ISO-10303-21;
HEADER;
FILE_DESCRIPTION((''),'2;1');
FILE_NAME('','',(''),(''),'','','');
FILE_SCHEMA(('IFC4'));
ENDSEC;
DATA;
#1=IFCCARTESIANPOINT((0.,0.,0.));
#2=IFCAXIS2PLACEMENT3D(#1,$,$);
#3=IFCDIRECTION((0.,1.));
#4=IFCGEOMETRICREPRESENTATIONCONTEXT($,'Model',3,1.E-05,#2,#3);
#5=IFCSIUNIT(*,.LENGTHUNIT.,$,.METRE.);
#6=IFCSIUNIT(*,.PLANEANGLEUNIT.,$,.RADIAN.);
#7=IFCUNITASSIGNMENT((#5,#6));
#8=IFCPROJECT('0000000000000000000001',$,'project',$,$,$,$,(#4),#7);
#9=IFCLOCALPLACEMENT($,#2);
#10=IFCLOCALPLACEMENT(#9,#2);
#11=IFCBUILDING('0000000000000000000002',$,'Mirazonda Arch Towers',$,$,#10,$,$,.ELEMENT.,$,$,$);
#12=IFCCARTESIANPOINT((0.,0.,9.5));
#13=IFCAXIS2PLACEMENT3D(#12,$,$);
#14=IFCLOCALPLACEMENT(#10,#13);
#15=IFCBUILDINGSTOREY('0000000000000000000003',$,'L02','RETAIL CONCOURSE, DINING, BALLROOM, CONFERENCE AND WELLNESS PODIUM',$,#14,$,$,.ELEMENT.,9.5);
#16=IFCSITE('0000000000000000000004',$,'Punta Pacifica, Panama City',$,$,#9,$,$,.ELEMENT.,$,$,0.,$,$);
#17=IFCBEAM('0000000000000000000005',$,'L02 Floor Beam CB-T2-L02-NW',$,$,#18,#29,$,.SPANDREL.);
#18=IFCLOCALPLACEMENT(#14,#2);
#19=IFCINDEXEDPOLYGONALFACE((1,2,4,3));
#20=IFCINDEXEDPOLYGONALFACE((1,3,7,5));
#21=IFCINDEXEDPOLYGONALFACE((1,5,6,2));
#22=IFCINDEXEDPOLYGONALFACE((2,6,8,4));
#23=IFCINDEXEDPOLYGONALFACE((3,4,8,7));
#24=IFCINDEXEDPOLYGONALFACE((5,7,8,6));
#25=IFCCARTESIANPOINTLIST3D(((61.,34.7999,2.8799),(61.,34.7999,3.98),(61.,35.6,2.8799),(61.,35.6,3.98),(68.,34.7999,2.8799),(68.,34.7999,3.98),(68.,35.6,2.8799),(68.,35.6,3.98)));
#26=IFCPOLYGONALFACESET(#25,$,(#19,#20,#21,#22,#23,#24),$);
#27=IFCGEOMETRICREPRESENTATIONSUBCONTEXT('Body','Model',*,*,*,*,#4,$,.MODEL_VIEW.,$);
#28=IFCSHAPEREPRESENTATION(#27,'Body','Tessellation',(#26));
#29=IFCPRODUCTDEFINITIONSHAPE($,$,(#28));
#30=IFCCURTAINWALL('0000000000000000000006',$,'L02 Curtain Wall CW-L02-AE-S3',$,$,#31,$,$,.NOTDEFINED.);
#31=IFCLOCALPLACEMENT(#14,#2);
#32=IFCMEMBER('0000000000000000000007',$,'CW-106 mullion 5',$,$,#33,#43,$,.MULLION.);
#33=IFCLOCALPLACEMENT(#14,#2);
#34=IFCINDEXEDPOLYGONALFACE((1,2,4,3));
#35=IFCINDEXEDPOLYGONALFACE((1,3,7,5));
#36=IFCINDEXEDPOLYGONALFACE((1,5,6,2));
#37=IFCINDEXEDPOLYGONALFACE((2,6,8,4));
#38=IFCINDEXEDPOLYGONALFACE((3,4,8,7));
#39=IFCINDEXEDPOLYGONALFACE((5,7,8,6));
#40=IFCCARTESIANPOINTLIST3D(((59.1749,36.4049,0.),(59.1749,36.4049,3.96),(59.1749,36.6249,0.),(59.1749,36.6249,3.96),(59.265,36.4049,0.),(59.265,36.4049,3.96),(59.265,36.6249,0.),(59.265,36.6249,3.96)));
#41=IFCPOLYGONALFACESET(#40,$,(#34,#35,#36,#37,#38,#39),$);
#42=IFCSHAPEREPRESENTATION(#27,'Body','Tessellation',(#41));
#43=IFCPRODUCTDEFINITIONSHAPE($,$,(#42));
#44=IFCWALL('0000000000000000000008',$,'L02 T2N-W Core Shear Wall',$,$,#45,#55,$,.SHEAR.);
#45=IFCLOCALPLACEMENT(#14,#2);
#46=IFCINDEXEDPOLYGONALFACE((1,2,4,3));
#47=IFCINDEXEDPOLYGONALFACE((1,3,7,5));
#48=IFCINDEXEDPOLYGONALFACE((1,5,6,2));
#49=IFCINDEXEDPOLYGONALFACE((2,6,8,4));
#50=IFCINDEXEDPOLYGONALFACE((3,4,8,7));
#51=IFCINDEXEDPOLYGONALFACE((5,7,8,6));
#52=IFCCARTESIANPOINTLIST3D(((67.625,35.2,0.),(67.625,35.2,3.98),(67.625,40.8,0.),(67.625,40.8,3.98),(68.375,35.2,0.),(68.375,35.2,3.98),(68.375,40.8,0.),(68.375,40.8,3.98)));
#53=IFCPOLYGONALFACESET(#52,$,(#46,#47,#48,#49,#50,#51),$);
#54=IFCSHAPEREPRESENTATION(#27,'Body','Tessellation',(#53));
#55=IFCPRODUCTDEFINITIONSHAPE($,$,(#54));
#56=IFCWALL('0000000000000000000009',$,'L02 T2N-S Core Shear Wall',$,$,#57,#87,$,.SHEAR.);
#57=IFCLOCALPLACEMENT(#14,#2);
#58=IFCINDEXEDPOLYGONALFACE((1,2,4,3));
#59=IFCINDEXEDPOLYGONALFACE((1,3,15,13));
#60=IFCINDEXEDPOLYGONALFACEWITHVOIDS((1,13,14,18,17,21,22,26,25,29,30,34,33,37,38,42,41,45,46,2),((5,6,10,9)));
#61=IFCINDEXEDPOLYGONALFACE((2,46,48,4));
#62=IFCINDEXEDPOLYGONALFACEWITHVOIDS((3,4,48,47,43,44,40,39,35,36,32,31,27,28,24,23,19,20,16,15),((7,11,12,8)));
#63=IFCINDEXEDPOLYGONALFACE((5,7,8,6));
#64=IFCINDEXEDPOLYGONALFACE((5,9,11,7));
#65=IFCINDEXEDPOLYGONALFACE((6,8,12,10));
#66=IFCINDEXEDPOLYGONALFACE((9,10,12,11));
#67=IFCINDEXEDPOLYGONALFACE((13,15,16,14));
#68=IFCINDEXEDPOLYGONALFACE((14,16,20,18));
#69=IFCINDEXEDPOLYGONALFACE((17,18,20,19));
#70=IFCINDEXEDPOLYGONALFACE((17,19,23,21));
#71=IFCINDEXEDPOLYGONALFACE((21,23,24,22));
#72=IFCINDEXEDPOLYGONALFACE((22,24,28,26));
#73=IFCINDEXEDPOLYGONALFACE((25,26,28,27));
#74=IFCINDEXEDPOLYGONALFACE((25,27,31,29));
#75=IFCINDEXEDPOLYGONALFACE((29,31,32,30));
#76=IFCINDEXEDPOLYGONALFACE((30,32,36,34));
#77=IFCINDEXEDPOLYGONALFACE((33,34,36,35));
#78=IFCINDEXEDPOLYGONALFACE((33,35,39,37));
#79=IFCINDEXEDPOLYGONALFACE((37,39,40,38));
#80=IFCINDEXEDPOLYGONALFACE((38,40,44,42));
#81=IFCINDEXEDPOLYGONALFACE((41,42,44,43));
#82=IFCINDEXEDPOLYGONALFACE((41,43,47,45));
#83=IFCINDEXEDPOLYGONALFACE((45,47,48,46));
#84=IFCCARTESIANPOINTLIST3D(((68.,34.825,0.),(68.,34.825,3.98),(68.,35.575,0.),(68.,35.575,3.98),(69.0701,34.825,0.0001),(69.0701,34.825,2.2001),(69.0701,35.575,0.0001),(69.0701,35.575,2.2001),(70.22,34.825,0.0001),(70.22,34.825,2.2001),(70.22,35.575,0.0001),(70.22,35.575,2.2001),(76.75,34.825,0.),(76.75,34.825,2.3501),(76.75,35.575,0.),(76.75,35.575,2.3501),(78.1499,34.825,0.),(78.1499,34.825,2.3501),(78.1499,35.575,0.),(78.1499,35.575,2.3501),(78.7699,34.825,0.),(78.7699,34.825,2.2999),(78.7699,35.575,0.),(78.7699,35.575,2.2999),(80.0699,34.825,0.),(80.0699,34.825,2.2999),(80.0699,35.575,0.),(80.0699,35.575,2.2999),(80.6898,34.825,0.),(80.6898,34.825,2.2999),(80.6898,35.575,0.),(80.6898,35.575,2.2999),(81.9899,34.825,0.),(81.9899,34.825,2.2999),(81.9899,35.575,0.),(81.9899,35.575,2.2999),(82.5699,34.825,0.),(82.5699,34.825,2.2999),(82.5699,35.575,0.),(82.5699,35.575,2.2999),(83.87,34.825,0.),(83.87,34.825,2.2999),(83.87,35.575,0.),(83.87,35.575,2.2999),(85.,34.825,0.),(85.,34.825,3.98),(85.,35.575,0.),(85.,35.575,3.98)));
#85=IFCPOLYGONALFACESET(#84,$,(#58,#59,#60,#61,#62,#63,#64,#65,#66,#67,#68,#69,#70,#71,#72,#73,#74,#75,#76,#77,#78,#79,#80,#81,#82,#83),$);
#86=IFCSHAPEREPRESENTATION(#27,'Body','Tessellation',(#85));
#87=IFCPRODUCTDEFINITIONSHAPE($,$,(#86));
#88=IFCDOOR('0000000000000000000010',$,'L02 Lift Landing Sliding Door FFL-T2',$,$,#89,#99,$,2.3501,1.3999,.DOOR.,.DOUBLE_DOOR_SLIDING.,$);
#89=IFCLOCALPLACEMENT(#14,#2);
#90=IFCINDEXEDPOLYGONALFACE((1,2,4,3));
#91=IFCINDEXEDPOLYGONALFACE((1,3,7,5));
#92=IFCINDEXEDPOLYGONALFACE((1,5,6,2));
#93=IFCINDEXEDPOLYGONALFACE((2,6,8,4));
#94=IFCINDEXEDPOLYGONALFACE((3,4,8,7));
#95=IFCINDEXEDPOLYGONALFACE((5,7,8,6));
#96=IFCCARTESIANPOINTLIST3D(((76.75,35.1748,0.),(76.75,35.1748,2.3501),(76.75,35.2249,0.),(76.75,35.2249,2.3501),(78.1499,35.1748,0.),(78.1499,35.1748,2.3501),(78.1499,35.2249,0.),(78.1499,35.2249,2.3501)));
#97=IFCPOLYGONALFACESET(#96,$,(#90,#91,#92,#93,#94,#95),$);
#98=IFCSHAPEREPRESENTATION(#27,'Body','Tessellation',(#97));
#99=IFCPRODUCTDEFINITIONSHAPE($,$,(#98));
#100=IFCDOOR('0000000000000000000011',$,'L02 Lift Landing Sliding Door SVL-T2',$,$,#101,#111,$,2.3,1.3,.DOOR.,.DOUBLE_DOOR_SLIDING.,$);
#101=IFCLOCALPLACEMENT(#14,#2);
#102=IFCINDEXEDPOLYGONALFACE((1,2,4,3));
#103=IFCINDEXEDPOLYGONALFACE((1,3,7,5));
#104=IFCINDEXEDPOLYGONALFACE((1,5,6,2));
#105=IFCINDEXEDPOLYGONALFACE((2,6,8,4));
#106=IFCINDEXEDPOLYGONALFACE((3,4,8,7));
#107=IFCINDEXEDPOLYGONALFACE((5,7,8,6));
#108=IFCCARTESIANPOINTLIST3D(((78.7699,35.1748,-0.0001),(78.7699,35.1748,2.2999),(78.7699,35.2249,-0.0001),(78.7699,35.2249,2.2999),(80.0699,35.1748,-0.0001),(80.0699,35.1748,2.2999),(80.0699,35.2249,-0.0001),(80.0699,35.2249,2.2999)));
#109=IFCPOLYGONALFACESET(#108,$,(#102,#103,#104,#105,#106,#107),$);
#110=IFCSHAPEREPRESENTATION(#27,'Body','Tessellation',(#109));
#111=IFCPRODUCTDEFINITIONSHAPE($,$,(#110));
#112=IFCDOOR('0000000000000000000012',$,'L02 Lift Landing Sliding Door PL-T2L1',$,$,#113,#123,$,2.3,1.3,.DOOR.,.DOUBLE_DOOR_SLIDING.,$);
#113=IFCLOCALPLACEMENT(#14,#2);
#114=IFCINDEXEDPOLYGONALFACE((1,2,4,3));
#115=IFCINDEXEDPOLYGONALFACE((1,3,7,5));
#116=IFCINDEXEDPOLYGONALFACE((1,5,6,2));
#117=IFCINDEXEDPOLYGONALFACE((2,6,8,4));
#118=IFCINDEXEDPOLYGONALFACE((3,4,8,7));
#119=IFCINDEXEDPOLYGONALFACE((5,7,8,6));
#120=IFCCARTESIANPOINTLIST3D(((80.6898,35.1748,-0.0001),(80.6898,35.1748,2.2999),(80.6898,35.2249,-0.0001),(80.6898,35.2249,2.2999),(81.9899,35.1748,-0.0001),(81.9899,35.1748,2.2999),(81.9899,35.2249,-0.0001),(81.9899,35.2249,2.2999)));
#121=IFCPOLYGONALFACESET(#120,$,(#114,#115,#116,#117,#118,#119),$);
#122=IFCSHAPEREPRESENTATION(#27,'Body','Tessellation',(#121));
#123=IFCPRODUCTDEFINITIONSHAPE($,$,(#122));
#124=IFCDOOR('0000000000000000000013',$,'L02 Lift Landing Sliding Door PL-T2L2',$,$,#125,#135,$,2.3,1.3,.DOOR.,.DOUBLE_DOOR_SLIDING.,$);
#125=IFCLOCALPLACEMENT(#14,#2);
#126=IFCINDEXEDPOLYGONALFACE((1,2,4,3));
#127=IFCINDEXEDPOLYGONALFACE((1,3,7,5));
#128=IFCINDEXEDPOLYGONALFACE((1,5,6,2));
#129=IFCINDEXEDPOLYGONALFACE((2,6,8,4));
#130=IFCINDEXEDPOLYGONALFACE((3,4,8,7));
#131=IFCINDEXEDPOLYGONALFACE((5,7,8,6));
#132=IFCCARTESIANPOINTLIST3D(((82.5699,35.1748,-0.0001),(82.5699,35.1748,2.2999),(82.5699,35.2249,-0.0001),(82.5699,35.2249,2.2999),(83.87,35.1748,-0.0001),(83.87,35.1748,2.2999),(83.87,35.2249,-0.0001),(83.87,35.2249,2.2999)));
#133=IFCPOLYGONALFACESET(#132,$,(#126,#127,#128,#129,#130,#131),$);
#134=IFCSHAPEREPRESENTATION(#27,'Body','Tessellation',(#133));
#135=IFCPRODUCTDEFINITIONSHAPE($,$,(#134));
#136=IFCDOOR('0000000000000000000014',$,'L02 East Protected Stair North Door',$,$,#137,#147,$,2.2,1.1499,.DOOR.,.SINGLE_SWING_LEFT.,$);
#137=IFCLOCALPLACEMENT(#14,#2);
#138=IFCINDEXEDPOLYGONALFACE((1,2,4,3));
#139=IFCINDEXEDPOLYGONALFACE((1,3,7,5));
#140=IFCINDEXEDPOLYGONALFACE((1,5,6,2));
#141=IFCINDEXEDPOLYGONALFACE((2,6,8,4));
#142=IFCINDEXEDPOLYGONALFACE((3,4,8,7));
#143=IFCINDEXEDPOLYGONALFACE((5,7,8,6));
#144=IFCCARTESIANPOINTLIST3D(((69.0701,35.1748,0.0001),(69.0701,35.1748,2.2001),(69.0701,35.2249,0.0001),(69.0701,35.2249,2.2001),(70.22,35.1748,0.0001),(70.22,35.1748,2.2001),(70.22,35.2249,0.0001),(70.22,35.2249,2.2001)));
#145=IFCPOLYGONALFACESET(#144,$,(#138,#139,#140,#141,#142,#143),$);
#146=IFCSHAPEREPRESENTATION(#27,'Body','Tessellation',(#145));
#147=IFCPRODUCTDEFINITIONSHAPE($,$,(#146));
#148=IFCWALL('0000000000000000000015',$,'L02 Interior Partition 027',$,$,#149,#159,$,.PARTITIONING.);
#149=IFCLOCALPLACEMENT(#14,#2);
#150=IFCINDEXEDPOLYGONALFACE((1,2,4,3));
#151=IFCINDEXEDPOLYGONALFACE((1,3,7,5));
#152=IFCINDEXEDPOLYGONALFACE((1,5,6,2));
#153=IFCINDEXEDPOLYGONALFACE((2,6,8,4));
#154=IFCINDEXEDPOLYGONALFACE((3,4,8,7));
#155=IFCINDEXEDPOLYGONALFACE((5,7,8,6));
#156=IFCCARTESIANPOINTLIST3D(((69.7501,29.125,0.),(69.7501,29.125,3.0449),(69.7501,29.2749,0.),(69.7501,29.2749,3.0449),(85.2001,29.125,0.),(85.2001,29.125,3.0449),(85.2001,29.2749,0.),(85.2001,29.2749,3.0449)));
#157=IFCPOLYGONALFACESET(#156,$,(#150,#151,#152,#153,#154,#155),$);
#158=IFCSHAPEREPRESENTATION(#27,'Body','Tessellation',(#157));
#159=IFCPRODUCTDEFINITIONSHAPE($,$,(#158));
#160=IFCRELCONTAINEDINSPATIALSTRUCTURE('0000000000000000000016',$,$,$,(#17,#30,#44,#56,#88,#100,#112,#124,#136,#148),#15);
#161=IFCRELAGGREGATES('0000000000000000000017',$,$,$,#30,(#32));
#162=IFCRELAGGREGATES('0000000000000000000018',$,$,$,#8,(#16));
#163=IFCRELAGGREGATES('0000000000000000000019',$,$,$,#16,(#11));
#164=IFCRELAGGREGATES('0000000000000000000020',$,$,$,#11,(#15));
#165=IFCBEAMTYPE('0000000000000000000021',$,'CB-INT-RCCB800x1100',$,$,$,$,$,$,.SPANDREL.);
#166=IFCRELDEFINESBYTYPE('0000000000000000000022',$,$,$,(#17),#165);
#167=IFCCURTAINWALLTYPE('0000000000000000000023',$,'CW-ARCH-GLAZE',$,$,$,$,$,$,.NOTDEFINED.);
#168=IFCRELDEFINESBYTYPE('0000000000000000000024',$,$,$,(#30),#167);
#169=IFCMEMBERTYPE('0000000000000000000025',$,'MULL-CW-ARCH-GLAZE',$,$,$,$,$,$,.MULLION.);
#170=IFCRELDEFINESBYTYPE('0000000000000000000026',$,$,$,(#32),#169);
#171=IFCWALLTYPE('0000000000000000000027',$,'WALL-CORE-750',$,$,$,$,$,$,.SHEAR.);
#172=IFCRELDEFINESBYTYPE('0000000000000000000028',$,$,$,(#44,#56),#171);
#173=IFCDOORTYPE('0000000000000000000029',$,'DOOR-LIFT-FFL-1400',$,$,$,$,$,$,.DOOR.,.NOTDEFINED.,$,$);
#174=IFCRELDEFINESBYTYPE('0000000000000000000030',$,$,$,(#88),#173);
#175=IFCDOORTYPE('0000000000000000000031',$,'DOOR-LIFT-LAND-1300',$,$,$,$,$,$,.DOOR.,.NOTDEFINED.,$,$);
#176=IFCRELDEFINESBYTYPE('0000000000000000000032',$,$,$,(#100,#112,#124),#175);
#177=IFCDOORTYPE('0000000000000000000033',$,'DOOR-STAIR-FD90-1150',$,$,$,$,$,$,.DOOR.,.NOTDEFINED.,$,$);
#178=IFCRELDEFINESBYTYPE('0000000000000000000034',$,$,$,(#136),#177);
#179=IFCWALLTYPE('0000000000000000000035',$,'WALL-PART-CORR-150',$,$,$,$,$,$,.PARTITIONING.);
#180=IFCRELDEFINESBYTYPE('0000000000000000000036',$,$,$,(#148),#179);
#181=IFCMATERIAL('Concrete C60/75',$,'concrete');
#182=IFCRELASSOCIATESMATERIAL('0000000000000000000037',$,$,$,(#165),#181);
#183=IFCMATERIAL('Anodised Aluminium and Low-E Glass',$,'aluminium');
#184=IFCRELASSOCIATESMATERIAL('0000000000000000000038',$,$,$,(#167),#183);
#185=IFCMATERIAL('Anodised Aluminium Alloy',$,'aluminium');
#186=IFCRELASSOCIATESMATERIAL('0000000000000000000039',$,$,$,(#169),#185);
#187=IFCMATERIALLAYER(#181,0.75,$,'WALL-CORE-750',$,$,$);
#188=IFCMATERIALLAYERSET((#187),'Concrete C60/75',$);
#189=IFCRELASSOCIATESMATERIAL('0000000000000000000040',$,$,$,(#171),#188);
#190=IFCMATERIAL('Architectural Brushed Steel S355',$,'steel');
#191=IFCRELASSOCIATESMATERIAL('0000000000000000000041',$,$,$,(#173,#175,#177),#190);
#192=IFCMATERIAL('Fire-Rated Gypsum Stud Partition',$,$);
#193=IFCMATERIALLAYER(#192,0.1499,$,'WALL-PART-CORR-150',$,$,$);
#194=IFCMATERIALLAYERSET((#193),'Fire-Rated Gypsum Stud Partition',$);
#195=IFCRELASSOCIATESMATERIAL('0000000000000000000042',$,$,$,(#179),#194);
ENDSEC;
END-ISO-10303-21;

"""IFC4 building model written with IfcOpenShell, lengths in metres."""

from ifc_helpers import new_model, si_unit, direction, frame, frame_2d, origin, origin_2d, place, context, subcontext, project, spatial, rectangle, extrude, material, layer, layer_set, material_profile, profile_set, type_object, element, fill, aggregate, save


model = new_model("IFC4")

# Units and contexts
model_context = context("Model", 3, precision=1e-05, world=origin(), true_north=direction((0.0, 1.0)))
body_context = subcontext(model_context, "Body", "Model", "MODEL_VIEW")
ifc_project = project(units=[si_unit("LENGTHUNIT", "METRE"), si_unit("PLANEANGLEUNIT", "RADIAN")], contexts=[model_context])

# Site, building, storey
site_placement = place(None, origin())
site = spatial("IfcSite", under=ifc_project, at=site_placement, Name="Punta Pacifica, Panama City", CompositionType="ELEMENT", RefElevation=0.0)
building_placement = place(site_placement, origin())
building = spatial("IfcBuilding", under=site, at=building_placement, Name="Mirazonda Arch Towers", CompositionType="ELEMENT")
storey_placement = place(building_placement, frame((0.0, 0.0, 9.5)))
storey = spatial("IfcBuildingStorey", under=building, at=storey_placement, Name="L02", Description="RETAIL CONCOURSE, DINING, BALLROOM, CONFERENCE AND WELLNESS PODIUM", CompositionType="ELEMENT", Elevation=9.5)

# Shared definitions
ifc_material_1 = material(Name="Concrete C60/75", Category="concrete")

# Beam
ifc_material_profile_1 = material_profile(ifc_material_1, rectangle(XDim=0.8, YDim=1.1001, at=origin_2d()), Name="RCCB800x1100")
ifc_profile_set_1 = profile_set([ifc_material_profile_1], Name="Concrete C60/75")
beam_type_1 = type_object("IfcBeamType", Name="CB-INT-RCCB800x1100", PredefinedType="SPANDREL", material=ifc_profile_set_1)
beam_1_placement = place(storey_placement, frame((61.0, 35.2, 3.4299), z_axis=(1.0, 0.0, 0.0), x_axis=(0.0, 1.0, 0.0)))
element("IfcBeam", 1, at=beam_1_placement, inside=storey, type_object=beam_type_1, Name="L02 Floor Beam CB-T2-L02-NW", PredefinedType="SPANDREL", context=body_context, shape_type="SweptSolid", body=[
    extrude(rectangle(XDim=0.8, YDim=1.1001, at=origin_2d()), origin(), (0.0, 0.0, 1.0), 7.0),
])

# Curtain wall, member
ifc_material_2 = material(Name="Anodised Aluminium and Low-E Glass", Category="aluminium")
curtain_wall_type = type_object("IfcCurtainWallType", Name="CW-ARCH-GLAZE", PredefinedType="NOTDEFINED", material=ifc_material_2)
curtain_wall_placement = place(storey_placement, origin())
curtain_wall = element("IfcCurtainWall", 2, at=curtain_wall_placement, inside=storey, type_object=curtain_wall_type, Name="L02 Curtain Wall CW-L02-AE-S3", PredefinedType="NOTDEFINED")
ifc_material_3 = material(Name="Anodised Aluminium Alloy", Category="aluminium")
ifc_material_profile_2 = material_profile(ifc_material_3, rectangle(XDim=0.0901, YDim=0.22, at=origin_2d()), Name="ALU-MULL-90x220")
ifc_profile_set_2 = profile_set([ifc_material_profile_2], Name="Anodised Aluminium Alloy")
member_type = type_object("IfcMemberType", Name="MULL-CW-ARCH-GLAZE", PredefinedType="MULLION", material=ifc_profile_set_2)
member_placement = place(storey_placement, frame((59.22, 36.5149, 0.0), z_axis=(0.0, 0.0, 1.0), x_axis=(-1.0, 0.0, 0.0)))
member = element("IfcMember", 3, at=member_placement, type_object=member_type, Name="CW-106 mullion 5", PredefinedType="MULLION", context=body_context, shape_type="SweptSolid", body=[
    extrude(rectangle(XDim=0.0901, YDim=0.22, at=origin_2d()), origin(), (0.0, 0.0, 1.0), 3.96),
])
aggregate(curtain_wall, [member])

# Wall
ifc_layer_1 = layer(ifc_material_1, 0.75, Name="WALL-CORE-750")
ifc_layer_set_1 = layer_set([ifc_layer_1], Name="Concrete C60/75")
wall_type_1 = type_object("IfcWallType", Name="WALL-CORE-750", PredefinedType="SHEAR", material=ifc_layer_set_1)
wall_1_placement = place(storey_placement, frame((68.0, 35.2, 0.0), z_axis=(0.0, 0.0, 1.0), x_axis=(0.0, 1.0, 0.0)))
element("IfcWall", 4, at=wall_1_placement, inside=storey, type_object=wall_type_1, Name="L02 T2N-W Core Shear Wall", PredefinedType="SHEAR", context=body_context, shape_type="SweptSolid", body=[
    extrude(rectangle(XDim=5.6001, YDim=0.75, at=frame_2d((2.8, 0.0))), origin(), (0.0, 0.0, 1.0), 3.98),
])

# Wall, openings, doors
wall_2_placement = place(storey_placement, frame((68.0, 35.2, 0.0), z_axis=(0.0, 0.0, 1.0), x_axis=(1.0, 0.0, 0.0)))
wall_2 = element("IfcWall", 5, at=wall_2_placement, inside=storey, type_object=wall_type_1, Name="L02 T2N-S Core Shear Wall", PredefinedType="SHEAR", context=body_context, shape_type="SweptSolid", body=[
    extrude(rectangle(XDim=17.0, YDim=0.75, at=frame_2d((8.5, 0.0))), origin(), (0.0, 0.0, 1.0), 3.98),
])
opening_1_placement = place(wall_2_placement, frame((1.0701, 0.0, 0.0)))
opening_1 = element("IfcOpeningElement", 6, at=opening_1_placement, cuts=wall_2, PredefinedType="OPENING", context=body_context, shape_type="SweptSolid", body=[
    extrude(rectangle(XDim=1.1499, YDim=2.2, at=frame_2d((0.575, 1.1001))), frame((0.0, 0.385, 0.0), z_axis=(0.0, -1.0, 0.0), x_axis=(1.0, 0.0, 0.0)), (0.0, 0.0, 1.0), 0.77),
])
opening_2_placement = place(wall_2_placement, frame((8.75, 0.0, 0.0)))
opening_2 = element("IfcOpeningElement", 7, at=opening_2_placement, cuts=wall_2, PredefinedType="OPENING", context=body_context, shape_type="SweptSolid", body=[
    extrude(rectangle(XDim=1.3999, YDim=2.3501, at=frame_2d((0.7, 1.175))), frame((0.0, 0.385, 0.0), z_axis=(0.0, -1.0, 0.0), x_axis=(1.0, 0.0, 0.0)), (0.0, 0.0, 1.0), 0.77),
])
opening_3_placement = place(wall_2_placement, frame((10.77, 0.0, 0.0)))
opening_3 = element("IfcOpeningElement", 8, at=opening_3_placement, cuts=wall_2, PredefinedType="OPENING", context=body_context, shape_type="SweptSolid", body=[
    extrude(rectangle(XDim=1.3, YDim=2.3, at=frame_2d((0.6499, 1.1499))), frame((0.0, 0.385, 0.0), z_axis=(0.0, -1.0, 0.0), x_axis=(1.0, 0.0, 0.0)), (0.0, 0.0, 1.0), 0.77),
])
opening_4_placement = place(wall_2_placement, frame((12.6899, 0.0, 0.0)))
opening_4 = element("IfcOpeningElement", 9, at=opening_4_placement, cuts=wall_2, PredefinedType="OPENING", context=body_context, shape_type="SweptSolid", body=[
    extrude(rectangle(XDim=1.3, YDim=2.3, at=frame_2d((0.6499, 1.1499))), frame((0.0, 0.385, 0.0), z_axis=(0.0, -1.0, 0.0), x_axis=(1.0, 0.0, 0.0)), (0.0, 0.0, 1.0), 0.77),
])
opening_5_placement = place(wall_2_placement, frame((14.5701, 0.0, 0.0)))
opening_5 = element("IfcOpeningElement", 10, at=opening_5_placement, cuts=wall_2, PredefinedType="OPENING", context=body_context, shape_type="SweptSolid", body=[
    extrude(rectangle(XDim=1.3, YDim=2.3, at=frame_2d((0.6499, 1.1499))), frame((0.0, 0.385, 0.0), z_axis=(0.0, -1.0, 0.0), x_axis=(1.0, 0.0, 0.0)), (0.0, 0.0, 1.0), 0.77),
])
ifc_material_4 = material(Name="Architectural Brushed Steel S355", Category="steel")
door_type_1 = type_object("IfcDoorType", Name="DOOR-LIFT-FFL-1400", OperationType="NOTDEFINED", PredefinedType="DOOR", material=ifc_material_4)
door_1_placement = place(opening_2_placement, origin())
door_1 = element("IfcDoor", 11, at=door_1_placement, inside=storey, type_object=door_type_1, Name="L02 Lift Landing Sliding Door FFL-T2", OperationType="DOUBLE_DOOR_SLIDING", OverallHeight=2.3501, OverallWidth=1.3999, PredefinedType="DOOR", context=body_context, shape_type="SweptSolid", body=[
    extrude(rectangle(XDim=1.3999, YDim=2.3501, at=frame_2d((0.7, 1.175))), frame((0.0, 0.0249, 0.0), z_axis=(0.0, -1.0, 0.0), x_axis=(1.0, 0.0, 0.0)), (0.0, 0.0, 1.0), 0.05),
])
fill(opening_2, door_1)
door_type_2 = type_object("IfcDoorType", Name="DOOR-LIFT-LAND-1300", OperationType="NOTDEFINED", PredefinedType="DOOR", material=ifc_material_4)
door_2_placement = place(opening_3_placement, origin())
door_2 = element("IfcDoor", 12, at=door_2_placement, inside=storey, type_object=door_type_2, Name="L02 Lift Landing Sliding Door SVL-T2", OperationType="DOUBLE_DOOR_SLIDING", OverallHeight=2.3, OverallWidth=1.3, PredefinedType="DOOR", context=body_context, shape_type="SweptSolid", body=[
    extrude(rectangle(XDim=1.3, YDim=2.3, at=frame_2d((0.6499, 1.1499))), frame((0.0, 0.0249, 0.0), z_axis=(0.0, -1.0, 0.0), x_axis=(1.0, 0.0, 0.0)), (0.0, 0.0, 1.0), 0.05),
])
fill(opening_3, door_2)
door_3_placement = place(opening_4_placement, origin())
door_3 = element("IfcDoor", 13, at=door_3_placement, inside=storey, type_object=door_type_2, Name="L02 Lift Landing Sliding Door PL-T2L1", OperationType="DOUBLE_DOOR_SLIDING", OverallHeight=2.3, OverallWidth=1.3, PredefinedType="DOOR", context=body_context, shape_type="SweptSolid", body=[
    extrude(rectangle(XDim=1.3, YDim=2.3, at=frame_2d((0.6499, 1.1499))), frame((0.0, 0.0249, 0.0), z_axis=(0.0, -1.0, 0.0), x_axis=(1.0, 0.0, 0.0)), (0.0, 0.0, 1.0), 0.05),
])
fill(opening_4, door_3)
door_4_placement = place(opening_5_placement, origin())
door_4 = element("IfcDoor", 14, at=door_4_placement, inside=storey, type_object=door_type_2, Name="L02 Lift Landing Sliding Door PL-T2L2", OperationType="DOUBLE_DOOR_SLIDING", OverallHeight=2.3, OverallWidth=1.3, PredefinedType="DOOR", context=body_context, shape_type="SweptSolid", body=[
    extrude(rectangle(XDim=1.3, YDim=2.3, at=frame_2d((0.6499, 1.1499))), frame((0.0, 0.0249, 0.0), z_axis=(0.0, -1.0, 0.0), x_axis=(1.0, 0.0, 0.0)), (0.0, 0.0, 1.0), 0.05),
])
fill(opening_5, door_4)
door_type_3 = type_object("IfcDoorType", Name="DOOR-STAIR-FD90-1150", OperationType="NOTDEFINED", PredefinedType="DOOR", material=ifc_material_4)
door_5_placement = place(opening_1_placement, origin())
door_5 = element("IfcDoor", 15, at=door_5_placement, inside=storey, type_object=door_type_3, Name="L02 East Protected Stair North Door", OperationType="SINGLE_SWING_LEFT", OverallHeight=2.2, OverallWidth=1.1499, PredefinedType="DOOR", context=body_context, shape_type="SweptSolid", body=[
    extrude(rectangle(XDim=1.1499, YDim=2.2, at=frame_2d((0.575, 1.1001))), frame((0.0, 0.0249, 0.0), z_axis=(0.0, -1.0, 0.0), x_axis=(1.0, 0.0, 0.0)), (0.0, 0.0, 1.0), 0.05),
])
fill(opening_1, door_5)

# Wall
ifc_material_5 = material(Name="Fire-Rated Gypsum Stud Partition")
ifc_layer_2 = layer(ifc_material_5, 0.1499, Name="WALL-PART-CORR-150")
ifc_layer_set_2 = layer_set([ifc_layer_2], Name="Fire-Rated Gypsum Stud Partition")
wall_type_2 = type_object("IfcWallType", Name="WALL-PART-CORR-150", PredefinedType="PARTITIONING", material=ifc_layer_set_2)
wall_3_placement = place(storey_placement, frame((69.75, 29.2, 0.0), z_axis=(0.0, 0.0, 1.0), x_axis=(1.0, 0.0, 0.0)))
element("IfcWall", 16, at=wall_3_placement, inside=storey, type_object=wall_type_2, Name="L02 Interior Partition 027", PredefinedType="PARTITIONING", context=body_context, shape_type="SweptSolid", body=[
    extrude(rectangle(XDim=15.45, YDim=0.1499, at=frame_2d((7.7251, 0.0))), origin(), (0.0, 0.0, 1.0), 3.0449),
])

save(model, "model.ifc")
